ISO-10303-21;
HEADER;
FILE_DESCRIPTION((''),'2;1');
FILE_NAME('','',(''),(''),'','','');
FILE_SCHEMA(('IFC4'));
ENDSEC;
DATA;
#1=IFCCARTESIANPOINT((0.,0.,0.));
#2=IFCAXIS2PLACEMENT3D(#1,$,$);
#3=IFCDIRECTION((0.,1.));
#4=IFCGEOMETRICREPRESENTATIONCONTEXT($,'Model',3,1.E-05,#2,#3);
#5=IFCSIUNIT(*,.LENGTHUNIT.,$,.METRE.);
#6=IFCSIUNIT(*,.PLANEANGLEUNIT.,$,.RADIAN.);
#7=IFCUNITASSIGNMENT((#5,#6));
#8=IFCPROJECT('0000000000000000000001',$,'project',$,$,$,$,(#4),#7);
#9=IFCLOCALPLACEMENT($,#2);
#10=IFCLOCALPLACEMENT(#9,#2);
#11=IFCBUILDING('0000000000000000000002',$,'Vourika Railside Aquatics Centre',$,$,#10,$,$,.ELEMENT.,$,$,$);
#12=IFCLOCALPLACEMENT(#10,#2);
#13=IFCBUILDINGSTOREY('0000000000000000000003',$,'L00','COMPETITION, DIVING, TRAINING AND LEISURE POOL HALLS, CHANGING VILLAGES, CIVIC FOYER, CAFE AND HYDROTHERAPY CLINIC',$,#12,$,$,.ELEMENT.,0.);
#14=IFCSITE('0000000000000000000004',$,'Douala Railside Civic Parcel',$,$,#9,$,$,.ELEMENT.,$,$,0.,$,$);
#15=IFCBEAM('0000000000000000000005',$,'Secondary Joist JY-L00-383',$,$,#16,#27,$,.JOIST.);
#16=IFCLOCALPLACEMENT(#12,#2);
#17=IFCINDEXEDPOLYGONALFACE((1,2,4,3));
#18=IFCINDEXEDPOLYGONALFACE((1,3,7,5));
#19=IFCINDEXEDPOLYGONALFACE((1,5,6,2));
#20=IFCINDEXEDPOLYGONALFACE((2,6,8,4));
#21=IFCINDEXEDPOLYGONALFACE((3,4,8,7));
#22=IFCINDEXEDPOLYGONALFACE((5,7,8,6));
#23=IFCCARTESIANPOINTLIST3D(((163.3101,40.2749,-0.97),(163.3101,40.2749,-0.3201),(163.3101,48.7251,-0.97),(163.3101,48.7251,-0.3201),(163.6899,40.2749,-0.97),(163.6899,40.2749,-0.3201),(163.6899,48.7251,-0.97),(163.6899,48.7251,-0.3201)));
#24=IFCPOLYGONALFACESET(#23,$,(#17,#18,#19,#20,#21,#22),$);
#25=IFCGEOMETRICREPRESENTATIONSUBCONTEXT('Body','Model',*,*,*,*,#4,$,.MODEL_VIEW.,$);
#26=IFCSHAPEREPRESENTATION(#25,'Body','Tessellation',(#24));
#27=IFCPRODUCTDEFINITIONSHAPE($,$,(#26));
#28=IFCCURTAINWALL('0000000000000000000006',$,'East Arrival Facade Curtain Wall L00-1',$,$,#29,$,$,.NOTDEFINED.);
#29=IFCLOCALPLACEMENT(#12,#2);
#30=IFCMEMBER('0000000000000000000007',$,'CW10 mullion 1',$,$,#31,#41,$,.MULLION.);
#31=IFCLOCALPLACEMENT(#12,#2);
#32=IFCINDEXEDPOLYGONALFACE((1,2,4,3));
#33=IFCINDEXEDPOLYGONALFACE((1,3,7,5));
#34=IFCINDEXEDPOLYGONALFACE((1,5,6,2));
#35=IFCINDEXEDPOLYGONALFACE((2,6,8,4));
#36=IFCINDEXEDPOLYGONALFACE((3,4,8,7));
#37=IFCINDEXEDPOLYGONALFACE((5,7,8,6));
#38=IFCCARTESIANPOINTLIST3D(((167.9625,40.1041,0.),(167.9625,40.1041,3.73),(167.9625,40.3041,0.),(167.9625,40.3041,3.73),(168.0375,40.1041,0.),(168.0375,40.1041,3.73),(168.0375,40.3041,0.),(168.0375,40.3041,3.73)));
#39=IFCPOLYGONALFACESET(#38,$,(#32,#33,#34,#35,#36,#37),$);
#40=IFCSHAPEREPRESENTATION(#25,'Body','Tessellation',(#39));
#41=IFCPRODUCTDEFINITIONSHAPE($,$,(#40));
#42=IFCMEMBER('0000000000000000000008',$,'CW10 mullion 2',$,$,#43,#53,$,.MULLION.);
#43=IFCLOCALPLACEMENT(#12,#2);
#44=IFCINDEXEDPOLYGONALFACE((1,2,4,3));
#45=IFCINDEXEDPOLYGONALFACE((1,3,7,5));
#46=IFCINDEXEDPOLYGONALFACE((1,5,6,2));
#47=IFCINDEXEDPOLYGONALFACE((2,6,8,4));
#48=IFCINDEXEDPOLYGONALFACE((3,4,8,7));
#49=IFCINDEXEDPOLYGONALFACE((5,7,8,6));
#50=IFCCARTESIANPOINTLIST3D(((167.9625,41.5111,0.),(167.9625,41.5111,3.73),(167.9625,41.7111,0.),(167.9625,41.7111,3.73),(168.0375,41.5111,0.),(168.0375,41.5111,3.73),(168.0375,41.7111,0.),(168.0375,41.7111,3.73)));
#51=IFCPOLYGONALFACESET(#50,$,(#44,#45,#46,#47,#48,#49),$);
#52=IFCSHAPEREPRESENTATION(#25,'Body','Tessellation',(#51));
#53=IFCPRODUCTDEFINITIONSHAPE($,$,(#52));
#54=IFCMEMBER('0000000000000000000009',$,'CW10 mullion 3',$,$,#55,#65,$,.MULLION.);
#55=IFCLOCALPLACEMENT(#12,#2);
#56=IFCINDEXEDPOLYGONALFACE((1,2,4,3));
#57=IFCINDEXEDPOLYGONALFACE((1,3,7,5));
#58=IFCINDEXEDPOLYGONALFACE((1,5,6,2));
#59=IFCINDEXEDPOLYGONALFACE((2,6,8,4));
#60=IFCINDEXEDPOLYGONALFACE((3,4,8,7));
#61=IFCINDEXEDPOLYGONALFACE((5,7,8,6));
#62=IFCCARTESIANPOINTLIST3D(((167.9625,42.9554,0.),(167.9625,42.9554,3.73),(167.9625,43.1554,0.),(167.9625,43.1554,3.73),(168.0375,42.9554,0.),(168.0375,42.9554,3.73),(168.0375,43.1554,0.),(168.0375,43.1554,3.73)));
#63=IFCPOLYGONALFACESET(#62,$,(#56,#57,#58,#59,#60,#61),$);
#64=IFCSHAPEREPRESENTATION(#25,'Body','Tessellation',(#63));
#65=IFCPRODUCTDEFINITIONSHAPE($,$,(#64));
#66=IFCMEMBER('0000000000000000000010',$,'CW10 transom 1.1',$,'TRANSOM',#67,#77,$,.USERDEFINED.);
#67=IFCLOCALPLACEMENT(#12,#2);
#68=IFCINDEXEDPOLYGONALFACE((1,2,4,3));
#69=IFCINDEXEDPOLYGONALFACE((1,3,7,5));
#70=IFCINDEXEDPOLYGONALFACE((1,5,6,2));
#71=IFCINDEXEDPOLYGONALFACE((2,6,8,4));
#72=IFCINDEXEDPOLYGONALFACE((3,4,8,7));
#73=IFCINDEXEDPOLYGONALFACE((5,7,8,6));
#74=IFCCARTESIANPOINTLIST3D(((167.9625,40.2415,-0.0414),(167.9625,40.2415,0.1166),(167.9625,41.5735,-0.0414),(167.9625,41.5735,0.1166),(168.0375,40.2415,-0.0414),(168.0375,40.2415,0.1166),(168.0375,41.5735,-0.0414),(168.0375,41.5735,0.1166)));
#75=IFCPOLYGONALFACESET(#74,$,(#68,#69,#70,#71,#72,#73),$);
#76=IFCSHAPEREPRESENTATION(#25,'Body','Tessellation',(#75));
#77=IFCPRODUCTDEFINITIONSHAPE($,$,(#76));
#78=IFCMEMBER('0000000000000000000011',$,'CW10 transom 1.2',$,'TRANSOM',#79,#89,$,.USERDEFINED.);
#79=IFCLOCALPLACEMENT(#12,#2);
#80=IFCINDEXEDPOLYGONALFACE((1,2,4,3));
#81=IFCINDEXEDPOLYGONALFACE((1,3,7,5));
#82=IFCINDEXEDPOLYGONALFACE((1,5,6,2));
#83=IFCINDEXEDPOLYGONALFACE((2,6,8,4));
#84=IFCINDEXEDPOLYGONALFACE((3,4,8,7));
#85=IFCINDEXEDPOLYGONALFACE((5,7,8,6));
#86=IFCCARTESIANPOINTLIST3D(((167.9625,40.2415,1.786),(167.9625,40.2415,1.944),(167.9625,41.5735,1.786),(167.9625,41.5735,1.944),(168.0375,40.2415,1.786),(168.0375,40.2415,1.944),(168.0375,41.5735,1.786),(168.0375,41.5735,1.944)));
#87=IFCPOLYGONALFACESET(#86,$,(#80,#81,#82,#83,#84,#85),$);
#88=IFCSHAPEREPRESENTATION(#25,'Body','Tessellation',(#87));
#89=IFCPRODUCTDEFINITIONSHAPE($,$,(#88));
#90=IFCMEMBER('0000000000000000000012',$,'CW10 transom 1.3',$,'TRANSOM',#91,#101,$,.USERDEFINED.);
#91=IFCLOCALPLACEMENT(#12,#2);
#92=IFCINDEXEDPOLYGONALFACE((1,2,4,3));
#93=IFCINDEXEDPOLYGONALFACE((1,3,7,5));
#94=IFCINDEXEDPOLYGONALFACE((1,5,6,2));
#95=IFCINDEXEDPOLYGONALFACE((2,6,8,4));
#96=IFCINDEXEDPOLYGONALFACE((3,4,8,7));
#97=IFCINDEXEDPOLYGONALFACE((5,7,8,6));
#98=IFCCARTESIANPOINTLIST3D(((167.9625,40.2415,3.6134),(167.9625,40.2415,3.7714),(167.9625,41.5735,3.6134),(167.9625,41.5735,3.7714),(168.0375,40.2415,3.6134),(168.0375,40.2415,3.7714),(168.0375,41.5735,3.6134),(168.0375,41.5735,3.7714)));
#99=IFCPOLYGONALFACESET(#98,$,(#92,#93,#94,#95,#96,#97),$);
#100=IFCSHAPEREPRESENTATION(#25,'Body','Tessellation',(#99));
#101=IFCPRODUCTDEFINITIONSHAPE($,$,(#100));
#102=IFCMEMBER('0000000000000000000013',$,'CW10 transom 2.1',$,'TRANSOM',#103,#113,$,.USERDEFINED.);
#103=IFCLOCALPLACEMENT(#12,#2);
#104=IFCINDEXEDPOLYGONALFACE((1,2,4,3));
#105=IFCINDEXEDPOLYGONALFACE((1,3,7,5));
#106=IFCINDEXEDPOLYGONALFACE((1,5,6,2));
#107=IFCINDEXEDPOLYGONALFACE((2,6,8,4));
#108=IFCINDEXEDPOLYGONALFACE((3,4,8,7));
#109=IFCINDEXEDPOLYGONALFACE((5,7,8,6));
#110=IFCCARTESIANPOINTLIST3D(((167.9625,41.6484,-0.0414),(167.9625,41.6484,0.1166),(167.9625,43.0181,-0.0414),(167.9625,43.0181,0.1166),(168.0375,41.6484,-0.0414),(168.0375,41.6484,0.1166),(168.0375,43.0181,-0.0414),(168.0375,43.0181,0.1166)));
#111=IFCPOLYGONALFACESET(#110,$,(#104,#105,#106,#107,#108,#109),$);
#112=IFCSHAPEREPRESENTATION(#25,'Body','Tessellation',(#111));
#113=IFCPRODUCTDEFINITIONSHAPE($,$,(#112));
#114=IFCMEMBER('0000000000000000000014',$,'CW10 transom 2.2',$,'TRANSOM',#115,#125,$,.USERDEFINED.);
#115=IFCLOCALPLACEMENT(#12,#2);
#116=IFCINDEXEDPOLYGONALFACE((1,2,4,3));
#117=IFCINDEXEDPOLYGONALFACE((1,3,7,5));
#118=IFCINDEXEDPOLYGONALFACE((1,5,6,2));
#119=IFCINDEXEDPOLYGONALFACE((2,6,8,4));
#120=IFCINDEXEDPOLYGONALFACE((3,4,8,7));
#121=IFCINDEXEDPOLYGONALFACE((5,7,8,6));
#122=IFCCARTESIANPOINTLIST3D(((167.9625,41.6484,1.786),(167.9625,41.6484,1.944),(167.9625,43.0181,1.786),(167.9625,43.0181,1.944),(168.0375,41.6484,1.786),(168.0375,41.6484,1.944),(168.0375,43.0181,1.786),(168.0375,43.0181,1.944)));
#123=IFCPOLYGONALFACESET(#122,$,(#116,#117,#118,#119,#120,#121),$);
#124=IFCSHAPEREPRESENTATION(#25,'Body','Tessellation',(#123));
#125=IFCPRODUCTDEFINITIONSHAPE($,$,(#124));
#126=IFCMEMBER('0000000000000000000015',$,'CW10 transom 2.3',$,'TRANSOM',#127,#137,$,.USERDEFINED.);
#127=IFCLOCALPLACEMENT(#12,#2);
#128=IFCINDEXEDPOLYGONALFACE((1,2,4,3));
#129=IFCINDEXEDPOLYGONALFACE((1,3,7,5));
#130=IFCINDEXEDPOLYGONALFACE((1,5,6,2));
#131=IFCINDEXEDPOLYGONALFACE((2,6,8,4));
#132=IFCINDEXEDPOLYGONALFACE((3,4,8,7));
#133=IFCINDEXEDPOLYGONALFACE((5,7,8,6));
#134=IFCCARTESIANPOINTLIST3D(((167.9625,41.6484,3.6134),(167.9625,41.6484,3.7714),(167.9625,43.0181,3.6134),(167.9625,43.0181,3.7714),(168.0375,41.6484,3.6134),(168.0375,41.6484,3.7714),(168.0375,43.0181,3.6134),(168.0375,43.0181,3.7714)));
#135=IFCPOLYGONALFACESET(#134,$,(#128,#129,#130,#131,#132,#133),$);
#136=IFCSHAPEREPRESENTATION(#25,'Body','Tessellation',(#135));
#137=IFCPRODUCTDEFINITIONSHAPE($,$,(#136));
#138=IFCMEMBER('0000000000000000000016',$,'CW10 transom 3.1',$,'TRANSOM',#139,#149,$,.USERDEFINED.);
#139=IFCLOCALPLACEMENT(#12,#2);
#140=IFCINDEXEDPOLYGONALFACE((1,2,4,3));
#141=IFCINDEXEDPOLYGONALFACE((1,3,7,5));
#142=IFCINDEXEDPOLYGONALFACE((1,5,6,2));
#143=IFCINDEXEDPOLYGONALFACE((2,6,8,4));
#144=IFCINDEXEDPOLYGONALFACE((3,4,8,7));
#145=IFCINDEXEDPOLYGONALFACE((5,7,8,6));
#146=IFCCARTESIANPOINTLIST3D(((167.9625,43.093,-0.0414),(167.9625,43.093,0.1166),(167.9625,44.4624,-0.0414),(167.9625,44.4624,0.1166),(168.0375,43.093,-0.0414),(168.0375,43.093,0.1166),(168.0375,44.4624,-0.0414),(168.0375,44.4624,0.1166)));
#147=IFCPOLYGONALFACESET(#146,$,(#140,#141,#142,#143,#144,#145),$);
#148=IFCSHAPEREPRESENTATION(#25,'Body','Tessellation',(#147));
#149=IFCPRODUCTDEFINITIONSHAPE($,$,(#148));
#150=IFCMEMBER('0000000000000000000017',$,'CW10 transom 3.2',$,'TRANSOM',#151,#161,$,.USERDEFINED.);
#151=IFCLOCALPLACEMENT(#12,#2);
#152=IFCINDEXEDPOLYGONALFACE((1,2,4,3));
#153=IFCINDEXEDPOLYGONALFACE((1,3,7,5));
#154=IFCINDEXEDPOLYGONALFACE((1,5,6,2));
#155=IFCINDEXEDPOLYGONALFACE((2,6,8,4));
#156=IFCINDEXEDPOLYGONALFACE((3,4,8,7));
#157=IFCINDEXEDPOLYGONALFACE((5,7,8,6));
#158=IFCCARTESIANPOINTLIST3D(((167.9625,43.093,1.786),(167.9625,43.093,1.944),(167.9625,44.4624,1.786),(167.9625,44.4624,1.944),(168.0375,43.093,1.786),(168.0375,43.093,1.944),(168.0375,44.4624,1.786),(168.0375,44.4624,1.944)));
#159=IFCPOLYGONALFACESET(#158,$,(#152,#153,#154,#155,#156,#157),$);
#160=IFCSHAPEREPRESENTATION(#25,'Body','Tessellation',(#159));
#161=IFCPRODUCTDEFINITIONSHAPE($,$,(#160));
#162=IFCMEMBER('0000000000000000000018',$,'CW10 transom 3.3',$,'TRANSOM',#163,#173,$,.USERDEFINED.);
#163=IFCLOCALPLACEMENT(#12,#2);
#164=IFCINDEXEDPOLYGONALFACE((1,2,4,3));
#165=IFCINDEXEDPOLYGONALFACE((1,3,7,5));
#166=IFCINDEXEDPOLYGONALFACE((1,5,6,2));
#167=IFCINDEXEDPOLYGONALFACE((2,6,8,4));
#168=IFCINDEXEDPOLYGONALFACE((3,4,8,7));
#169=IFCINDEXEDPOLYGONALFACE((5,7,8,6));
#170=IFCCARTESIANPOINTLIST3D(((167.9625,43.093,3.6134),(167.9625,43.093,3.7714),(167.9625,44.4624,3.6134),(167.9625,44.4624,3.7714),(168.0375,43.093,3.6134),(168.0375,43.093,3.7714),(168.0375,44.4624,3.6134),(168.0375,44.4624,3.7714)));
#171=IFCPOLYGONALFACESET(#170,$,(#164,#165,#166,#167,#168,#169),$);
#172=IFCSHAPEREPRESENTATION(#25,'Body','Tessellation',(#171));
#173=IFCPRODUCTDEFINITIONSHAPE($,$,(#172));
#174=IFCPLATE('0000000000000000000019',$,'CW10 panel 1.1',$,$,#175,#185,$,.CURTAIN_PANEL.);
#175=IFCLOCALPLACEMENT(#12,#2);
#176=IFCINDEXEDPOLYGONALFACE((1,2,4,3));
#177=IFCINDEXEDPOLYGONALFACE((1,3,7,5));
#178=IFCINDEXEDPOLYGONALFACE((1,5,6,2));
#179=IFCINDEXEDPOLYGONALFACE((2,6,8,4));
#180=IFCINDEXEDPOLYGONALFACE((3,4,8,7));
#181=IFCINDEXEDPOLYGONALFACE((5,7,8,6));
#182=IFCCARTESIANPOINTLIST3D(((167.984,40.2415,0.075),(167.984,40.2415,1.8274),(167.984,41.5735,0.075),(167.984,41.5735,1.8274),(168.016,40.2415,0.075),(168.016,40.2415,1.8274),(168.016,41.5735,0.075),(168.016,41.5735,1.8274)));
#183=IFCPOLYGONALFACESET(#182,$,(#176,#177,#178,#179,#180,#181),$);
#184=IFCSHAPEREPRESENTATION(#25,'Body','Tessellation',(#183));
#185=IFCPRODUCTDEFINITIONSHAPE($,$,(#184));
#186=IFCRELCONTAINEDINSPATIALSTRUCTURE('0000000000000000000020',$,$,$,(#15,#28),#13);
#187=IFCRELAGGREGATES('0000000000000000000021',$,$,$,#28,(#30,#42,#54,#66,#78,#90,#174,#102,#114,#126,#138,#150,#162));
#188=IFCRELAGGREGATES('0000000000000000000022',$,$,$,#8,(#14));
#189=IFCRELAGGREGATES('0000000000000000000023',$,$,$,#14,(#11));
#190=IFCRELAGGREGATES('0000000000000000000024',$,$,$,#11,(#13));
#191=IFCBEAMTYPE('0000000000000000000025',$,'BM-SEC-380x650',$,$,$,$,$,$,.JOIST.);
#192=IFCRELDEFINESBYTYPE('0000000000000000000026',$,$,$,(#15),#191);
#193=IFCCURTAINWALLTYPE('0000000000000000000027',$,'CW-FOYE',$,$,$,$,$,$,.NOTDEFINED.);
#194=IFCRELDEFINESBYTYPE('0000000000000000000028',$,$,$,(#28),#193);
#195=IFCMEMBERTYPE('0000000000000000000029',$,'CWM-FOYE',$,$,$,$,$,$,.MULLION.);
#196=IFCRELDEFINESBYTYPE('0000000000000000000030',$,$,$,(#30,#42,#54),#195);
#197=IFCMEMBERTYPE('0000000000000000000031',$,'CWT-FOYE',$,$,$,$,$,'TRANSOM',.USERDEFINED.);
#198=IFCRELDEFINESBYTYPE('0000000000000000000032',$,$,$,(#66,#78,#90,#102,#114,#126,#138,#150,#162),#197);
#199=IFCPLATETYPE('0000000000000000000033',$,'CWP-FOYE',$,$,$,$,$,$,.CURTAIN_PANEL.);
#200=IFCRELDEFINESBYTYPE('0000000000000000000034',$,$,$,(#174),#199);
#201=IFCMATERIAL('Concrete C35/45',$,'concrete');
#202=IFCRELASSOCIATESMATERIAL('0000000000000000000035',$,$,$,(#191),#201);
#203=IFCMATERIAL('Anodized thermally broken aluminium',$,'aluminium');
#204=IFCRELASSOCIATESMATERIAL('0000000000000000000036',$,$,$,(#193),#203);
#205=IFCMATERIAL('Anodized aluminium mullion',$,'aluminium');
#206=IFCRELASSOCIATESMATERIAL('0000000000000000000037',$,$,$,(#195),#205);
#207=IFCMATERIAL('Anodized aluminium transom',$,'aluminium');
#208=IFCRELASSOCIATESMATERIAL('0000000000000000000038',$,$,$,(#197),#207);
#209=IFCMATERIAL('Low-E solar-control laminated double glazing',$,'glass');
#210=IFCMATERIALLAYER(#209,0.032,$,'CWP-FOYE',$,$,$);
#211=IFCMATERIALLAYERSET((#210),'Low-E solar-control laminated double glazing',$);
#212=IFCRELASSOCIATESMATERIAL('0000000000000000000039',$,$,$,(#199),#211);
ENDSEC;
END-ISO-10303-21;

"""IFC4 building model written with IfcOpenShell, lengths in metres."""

from ifc_helpers import new_model, si_unit, direction, frame, origin, origin_2d, place, context, subcontext, project, spatial, rectangle, extrude, material, layer, layer_set, material_profile, profile_set, type_object, element, aggregate, save


model = new_model("IFC4")

# Units and contexts
model_context = context("Model", 3, precision=1e-05, world=origin(), true_north=direction((0.0, 1.0)))
body_context = subcontext(model_context, "Body", "Model", "MODEL_VIEW")
ifc_project = project(units=[si_unit("LENGTHUNIT", "METRE"), si_unit("PLANEANGLEUNIT", "RADIAN")], contexts=[model_context])

# Site, building, storey
site_placement = place(None, origin())
site = spatial("IfcSite", under=ifc_project, at=site_placement, Name="Douala Railside Civic Parcel", CompositionType="ELEMENT", RefElevation=0.0)
building_placement = place(site_placement, origin())
building = spatial("IfcBuilding", under=site, at=building_placement, Name="Vourika Railside Aquatics Centre", CompositionType="ELEMENT")
storey_placement = place(building_placement, origin())
storey = spatial("IfcBuildingStorey", under=building, at=storey_placement, Name="L00", Description="COMPETITION, DIVING, TRAINING AND LEISURE POOL HALLS, CHANGING VILLAGES, CIVIC FOYER, CAFE AND HYDROTHERAPY CLINIC", CompositionType="ELEMENT", Elevation=0.0)

# Beam
ifc_material_1 = material(Name="Concrete C35/45", Category="concrete")
ifc_material_profile_1 = material_profile(ifc_material_1, rectangle(XDim=0.3799, YDim=0.6499, at=origin_2d()), Name="RC 380x650")
ifc_profile_set_1 = profile_set([ifc_material_profile_1], Name="Concrete C35/45")
beam_type = type_object("IfcBeamType", Name="BM-SEC-380x650", PredefinedType="JOIST", material=ifc_profile_set_1)
beam_placement = place(storey_placement, frame((163.5, 40.2749, -0.645), z_axis=(0.0, 1.0, 0.0), x_axis=(-1.0, 0.0, 0.0)))
element("IfcBeam", 1, at=beam_placement, inside=storey, type_object=beam_type, Name="Secondary Joist JY-L00-383", PredefinedType="JOIST", context=body_context, shape_type="SweptSolid", body=[
    extrude(rectangle(XDim=0.3799, YDim=0.6499, at=origin_2d()), origin(), (0.0, 0.0, 1.0), 8.4502),
])

# Curtain wall, members, plate
ifc_material_2 = material(Name="Anodized thermally broken aluminium", Category="aluminium")
curtain_wall_type = type_object("IfcCurtainWallType", Name="CW-FOYE", PredefinedType="NOTDEFINED", material=ifc_material_2)
curtain_wall_placement = place(storey_placement, origin())
curtain_wall = element("IfcCurtainWall", 2, at=curtain_wall_placement, inside=storey, type_object=curtain_wall_type, Name="East Arrival Facade Curtain Wall L00-1", PredefinedType="NOTDEFINED")
ifc_material_3 = material(Name="Anodized aluminium mullion", Category="aluminium")
ifc_material_profile_2 = material_profile(ifc_material_3, rectangle(XDim=0.075, YDim=0.2, at=origin_2d()), Name="ALU-M 75x200")
ifc_profile_set_2 = profile_set([ifc_material_profile_2], Name="Anodized aluminium mullion")
member_type_1 = type_object("IfcMemberType", Name="CWM-FOYE", PredefinedType="MULLION", material=ifc_profile_set_2)
member_1_placement = place(storey_placement, frame((168.0, 40.2041, 0.0), z_axis=(0.0, 0.0, 1.0), x_axis=(-1.0, 0.0, 0.0)))
member_1 = element("IfcMember", 3, at=member_1_placement, type_object=member_type_1, Name="CW10 mullion 1", PredefinedType="MULLION", context=body_context, shape_type="SweptSolid", body=[
    extrude(rectangle(XDim=0.075, YDim=0.2, at=origin_2d()), origin(), (0.0, 0.0, 1.0), 3.73),
])
member_2_placement = place(storey_placement, frame((168.0, 41.6111, 0.0), z_axis=(0.0, 0.0, 1.0), x_axis=(-1.0, 0.0, 0.0)))
member_2 = element("IfcMember", 4, at=member_2_placement, type_object=member_type_1, Name="CW10 mullion 2", PredefinedType="MULLION", context=body_context, shape_type="SweptSolid", body=[
    extrude(rectangle(XDim=0.075, YDim=0.2, at=origin_2d()), origin(), (0.0, 0.0, 1.0), 3.73),
])
member_3_placement = place(storey_placement, frame((168.0, 43.0554, 0.0), z_axis=(0.0, 0.0, 1.0), x_axis=(-1.0, 0.0, 0.0)))
member_3 = element("IfcMember", 5, at=member_3_placement, type_object=member_type_1, Name="CW10 mullion 3", PredefinedType="MULLION", context=body_context, shape_type="SweptSolid", body=[
    extrude(rectangle(XDim=0.075, YDim=0.2, at=origin_2d()), origin(), (0.0, 0.0, 1.0), 3.73),
])
ifc_material_4 = material(Name="Anodized aluminium transom", Category="aluminium")
ifc_material_profile_3 = material_profile(ifc_material_4, rectangle(XDim=0.075, YDim=0.158, at=origin_2d()), Name="ALU-T 75x158")
ifc_profile_set_3 = profile_set([ifc_material_profile_3], Name="Anodized aluminium transom")
member_type_2 = type_object("IfcMemberType", Name="CWT-FOYE", ElementType="TRANSOM", PredefinedType="USERDEFINED", material=ifc_profile_set_3)
member_4_placement = place(storey_placement, frame((168.0, 40.2415, 0.0376), z_axis=(0.0, 1.0, 0.0), x_axis=(-1.0, 0.0, 0.0)))
member_4 = element("IfcMember", 6, at=member_4_placement, type_object=member_type_2, Name="CW10 transom 1.1", ObjectType="TRANSOM", PredefinedType="USERDEFINED", context=body_context, shape_type="SweptSolid", body=[
    extrude(rectangle(XDim=0.075, YDim=0.158, at=origin_2d()), origin(), (0.0, 0.0, 1.0), 1.332),
])
member_5_placement = place(storey_placement, frame((168.0, 40.2415, 1.865), z_axis=(0.0, 1.0, 0.0), x_axis=(-1.0, 0.0, 0.0)))
member_5 = element("IfcMember", 7, at=member_5_placement, type_object=member_type_2, Name="CW10 transom 1.2", ObjectType="TRANSOM", PredefinedType="USERDEFINED", context=body_context, shape_type="SweptSolid", body=[
    extrude(rectangle(XDim=0.075, YDim=0.158, at=origin_2d()), origin(), (0.0, 0.0, 1.0), 1.332),
])
member_6_placement = place(storey_placement, frame((168.0, 40.2415, 3.6924), z_axis=(0.0, 1.0, 0.0), x_axis=(-1.0, 0.0, 0.0)))
member_6 = element("IfcMember", 8, at=member_6_placement, type_object=member_type_2, Name="CW10 transom 1.3", ObjectType="TRANSOM", PredefinedType="USERDEFINED", context=body_context, shape_type="SweptSolid", body=[
    extrude(rectangle(XDim=0.075, YDim=0.158, at=origin_2d()), origin(), (0.0, 0.0, 1.0), 1.332),
])
member_7_placement = place(storey_placement, frame((168.0, 41.6484, 0.0376), z_axis=(0.0, 1.0, 0.0), x_axis=(-1.0, 0.0, 0.0)))
member_7 = element("IfcMember", 9, at=member_7_placement, type_object=member_type_2, Name="CW10 transom 2.1", ObjectType="TRANSOM", PredefinedType="USERDEFINED", context=body_context, shape_type="SweptSolid", body=[
    extrude(rectangle(XDim=0.075, YDim=0.158, at=origin_2d()), origin(), (0.0, 0.0, 1.0), 1.3696),
])
member_8_placement = place(storey_placement, frame((168.0, 41.6484, 1.865), z_axis=(0.0, 1.0, 0.0), x_axis=(-1.0, 0.0, 0.0)))
member_8 = element("IfcMember", 10, at=member_8_placement, type_object=member_type_2, Name="CW10 transom 2.2", ObjectType="TRANSOM", PredefinedType="USERDEFINED", context=body_context, shape_type="SweptSolid", body=[
    extrude(rectangle(XDim=0.075, YDim=0.158, at=origin_2d()), origin(), (0.0, 0.0, 1.0), 1.3696),
])
member_9_placement = place(storey_placement, frame((168.0, 41.6484, 3.6924), z_axis=(0.0, 1.0, 0.0), x_axis=(-1.0, 0.0, 0.0)))
member_9 = element("IfcMember", 11, at=member_9_placement, type_object=member_type_2, Name="CW10 transom 2.3", ObjectType="TRANSOM", PredefinedType="USERDEFINED", context=body_context, shape_type="SweptSolid", body=[
    extrude(rectangle(XDim=0.075, YDim=0.158, at=origin_2d()), origin(), (0.0, 0.0, 1.0), 1.3696),
])
member_10_placement = place(storey_placement, frame((168.0, 43.093, 0.0376), z_axis=(0.0, 1.0, 0.0), x_axis=(-1.0, 0.0, 0.0)))
member_10 = element("IfcMember", 12, at=member_10_placement, type_object=member_type_2, Name="CW10 transom 3.1", ObjectType="TRANSOM", PredefinedType="USERDEFINED", context=body_context, shape_type="SweptSolid", body=[
    extrude(rectangle(XDim=0.075, YDim=0.158, at=origin_2d()), origin(), (0.0, 0.0, 1.0), 1.3694),
])
member_11_placement = place(storey_placement, frame((168.0, 43.093, 1.865), z_axis=(0.0, 1.0, 0.0), x_axis=(-1.0, 0.0, 0.0)))
member_11 = element("IfcMember", 13, at=member_11_placement, type_object=member_type_2, Name="CW10 transom 3.2", ObjectType="TRANSOM", PredefinedType="USERDEFINED", context=body_context, shape_type="SweptSolid", body=[
    extrude(rectangle(XDim=0.075, YDim=0.158, at=origin_2d()), origin(), (0.0, 0.0, 1.0), 1.3694),
])
member_12_placement = place(storey_placement, frame((168.0, 43.093, 3.6924), z_axis=(0.0, 1.0, 0.0), x_axis=(-1.0, 0.0, 0.0)))
member_12 = element("IfcMember", 14, at=member_12_placement, type_object=member_type_2, Name="CW10 transom 3.3", ObjectType="TRANSOM", PredefinedType="USERDEFINED", context=body_context, shape_type="SweptSolid", body=[
    extrude(rectangle(XDim=0.075, YDim=0.158, at=origin_2d()), origin(), (0.0, 0.0, 1.0), 1.3694),
])
ifc_material_5 = material(Name="Low-E solar-control laminated double glazing", Category="glass")
ifc_layer = layer(ifc_material_5, 0.032, Name="CWP-FOYE")
ifc_layer_set = layer_set([ifc_layer], Name="Low-E solar-control laminated double glazing")
plate_type = type_object("IfcPlateType", Name="CWP-FOYE", PredefinedType="CURTAIN_PANEL", material=ifc_layer_set)
plate_1_placement = place(storey_placement, frame((168.0, 40.9075, 0.075), z_axis=(0.0, 0.0, 1.0), x_axis=(0.0, 1.0, 0.0)))
plate_1 = element("IfcPlate", 15, at=plate_1_placement, type_object=plate_type, Name="CW10 panel 1.1", PredefinedType="CURTAIN_PANEL", context=body_context, shape_type="SweptSolid", body=[
    extrude(rectangle(XDim=1.332, YDim=0.032, at=origin_2d()), origin(), (0.0, 0.0, 1.0), 1.7524),
])
aggregate(curtain_wall, [member_1, member_2, member_3, member_4, member_5, member_6, plate_1, member_7, member_8, member_9, member_10, member_11, member_12])

save(model, "model.ifc")
